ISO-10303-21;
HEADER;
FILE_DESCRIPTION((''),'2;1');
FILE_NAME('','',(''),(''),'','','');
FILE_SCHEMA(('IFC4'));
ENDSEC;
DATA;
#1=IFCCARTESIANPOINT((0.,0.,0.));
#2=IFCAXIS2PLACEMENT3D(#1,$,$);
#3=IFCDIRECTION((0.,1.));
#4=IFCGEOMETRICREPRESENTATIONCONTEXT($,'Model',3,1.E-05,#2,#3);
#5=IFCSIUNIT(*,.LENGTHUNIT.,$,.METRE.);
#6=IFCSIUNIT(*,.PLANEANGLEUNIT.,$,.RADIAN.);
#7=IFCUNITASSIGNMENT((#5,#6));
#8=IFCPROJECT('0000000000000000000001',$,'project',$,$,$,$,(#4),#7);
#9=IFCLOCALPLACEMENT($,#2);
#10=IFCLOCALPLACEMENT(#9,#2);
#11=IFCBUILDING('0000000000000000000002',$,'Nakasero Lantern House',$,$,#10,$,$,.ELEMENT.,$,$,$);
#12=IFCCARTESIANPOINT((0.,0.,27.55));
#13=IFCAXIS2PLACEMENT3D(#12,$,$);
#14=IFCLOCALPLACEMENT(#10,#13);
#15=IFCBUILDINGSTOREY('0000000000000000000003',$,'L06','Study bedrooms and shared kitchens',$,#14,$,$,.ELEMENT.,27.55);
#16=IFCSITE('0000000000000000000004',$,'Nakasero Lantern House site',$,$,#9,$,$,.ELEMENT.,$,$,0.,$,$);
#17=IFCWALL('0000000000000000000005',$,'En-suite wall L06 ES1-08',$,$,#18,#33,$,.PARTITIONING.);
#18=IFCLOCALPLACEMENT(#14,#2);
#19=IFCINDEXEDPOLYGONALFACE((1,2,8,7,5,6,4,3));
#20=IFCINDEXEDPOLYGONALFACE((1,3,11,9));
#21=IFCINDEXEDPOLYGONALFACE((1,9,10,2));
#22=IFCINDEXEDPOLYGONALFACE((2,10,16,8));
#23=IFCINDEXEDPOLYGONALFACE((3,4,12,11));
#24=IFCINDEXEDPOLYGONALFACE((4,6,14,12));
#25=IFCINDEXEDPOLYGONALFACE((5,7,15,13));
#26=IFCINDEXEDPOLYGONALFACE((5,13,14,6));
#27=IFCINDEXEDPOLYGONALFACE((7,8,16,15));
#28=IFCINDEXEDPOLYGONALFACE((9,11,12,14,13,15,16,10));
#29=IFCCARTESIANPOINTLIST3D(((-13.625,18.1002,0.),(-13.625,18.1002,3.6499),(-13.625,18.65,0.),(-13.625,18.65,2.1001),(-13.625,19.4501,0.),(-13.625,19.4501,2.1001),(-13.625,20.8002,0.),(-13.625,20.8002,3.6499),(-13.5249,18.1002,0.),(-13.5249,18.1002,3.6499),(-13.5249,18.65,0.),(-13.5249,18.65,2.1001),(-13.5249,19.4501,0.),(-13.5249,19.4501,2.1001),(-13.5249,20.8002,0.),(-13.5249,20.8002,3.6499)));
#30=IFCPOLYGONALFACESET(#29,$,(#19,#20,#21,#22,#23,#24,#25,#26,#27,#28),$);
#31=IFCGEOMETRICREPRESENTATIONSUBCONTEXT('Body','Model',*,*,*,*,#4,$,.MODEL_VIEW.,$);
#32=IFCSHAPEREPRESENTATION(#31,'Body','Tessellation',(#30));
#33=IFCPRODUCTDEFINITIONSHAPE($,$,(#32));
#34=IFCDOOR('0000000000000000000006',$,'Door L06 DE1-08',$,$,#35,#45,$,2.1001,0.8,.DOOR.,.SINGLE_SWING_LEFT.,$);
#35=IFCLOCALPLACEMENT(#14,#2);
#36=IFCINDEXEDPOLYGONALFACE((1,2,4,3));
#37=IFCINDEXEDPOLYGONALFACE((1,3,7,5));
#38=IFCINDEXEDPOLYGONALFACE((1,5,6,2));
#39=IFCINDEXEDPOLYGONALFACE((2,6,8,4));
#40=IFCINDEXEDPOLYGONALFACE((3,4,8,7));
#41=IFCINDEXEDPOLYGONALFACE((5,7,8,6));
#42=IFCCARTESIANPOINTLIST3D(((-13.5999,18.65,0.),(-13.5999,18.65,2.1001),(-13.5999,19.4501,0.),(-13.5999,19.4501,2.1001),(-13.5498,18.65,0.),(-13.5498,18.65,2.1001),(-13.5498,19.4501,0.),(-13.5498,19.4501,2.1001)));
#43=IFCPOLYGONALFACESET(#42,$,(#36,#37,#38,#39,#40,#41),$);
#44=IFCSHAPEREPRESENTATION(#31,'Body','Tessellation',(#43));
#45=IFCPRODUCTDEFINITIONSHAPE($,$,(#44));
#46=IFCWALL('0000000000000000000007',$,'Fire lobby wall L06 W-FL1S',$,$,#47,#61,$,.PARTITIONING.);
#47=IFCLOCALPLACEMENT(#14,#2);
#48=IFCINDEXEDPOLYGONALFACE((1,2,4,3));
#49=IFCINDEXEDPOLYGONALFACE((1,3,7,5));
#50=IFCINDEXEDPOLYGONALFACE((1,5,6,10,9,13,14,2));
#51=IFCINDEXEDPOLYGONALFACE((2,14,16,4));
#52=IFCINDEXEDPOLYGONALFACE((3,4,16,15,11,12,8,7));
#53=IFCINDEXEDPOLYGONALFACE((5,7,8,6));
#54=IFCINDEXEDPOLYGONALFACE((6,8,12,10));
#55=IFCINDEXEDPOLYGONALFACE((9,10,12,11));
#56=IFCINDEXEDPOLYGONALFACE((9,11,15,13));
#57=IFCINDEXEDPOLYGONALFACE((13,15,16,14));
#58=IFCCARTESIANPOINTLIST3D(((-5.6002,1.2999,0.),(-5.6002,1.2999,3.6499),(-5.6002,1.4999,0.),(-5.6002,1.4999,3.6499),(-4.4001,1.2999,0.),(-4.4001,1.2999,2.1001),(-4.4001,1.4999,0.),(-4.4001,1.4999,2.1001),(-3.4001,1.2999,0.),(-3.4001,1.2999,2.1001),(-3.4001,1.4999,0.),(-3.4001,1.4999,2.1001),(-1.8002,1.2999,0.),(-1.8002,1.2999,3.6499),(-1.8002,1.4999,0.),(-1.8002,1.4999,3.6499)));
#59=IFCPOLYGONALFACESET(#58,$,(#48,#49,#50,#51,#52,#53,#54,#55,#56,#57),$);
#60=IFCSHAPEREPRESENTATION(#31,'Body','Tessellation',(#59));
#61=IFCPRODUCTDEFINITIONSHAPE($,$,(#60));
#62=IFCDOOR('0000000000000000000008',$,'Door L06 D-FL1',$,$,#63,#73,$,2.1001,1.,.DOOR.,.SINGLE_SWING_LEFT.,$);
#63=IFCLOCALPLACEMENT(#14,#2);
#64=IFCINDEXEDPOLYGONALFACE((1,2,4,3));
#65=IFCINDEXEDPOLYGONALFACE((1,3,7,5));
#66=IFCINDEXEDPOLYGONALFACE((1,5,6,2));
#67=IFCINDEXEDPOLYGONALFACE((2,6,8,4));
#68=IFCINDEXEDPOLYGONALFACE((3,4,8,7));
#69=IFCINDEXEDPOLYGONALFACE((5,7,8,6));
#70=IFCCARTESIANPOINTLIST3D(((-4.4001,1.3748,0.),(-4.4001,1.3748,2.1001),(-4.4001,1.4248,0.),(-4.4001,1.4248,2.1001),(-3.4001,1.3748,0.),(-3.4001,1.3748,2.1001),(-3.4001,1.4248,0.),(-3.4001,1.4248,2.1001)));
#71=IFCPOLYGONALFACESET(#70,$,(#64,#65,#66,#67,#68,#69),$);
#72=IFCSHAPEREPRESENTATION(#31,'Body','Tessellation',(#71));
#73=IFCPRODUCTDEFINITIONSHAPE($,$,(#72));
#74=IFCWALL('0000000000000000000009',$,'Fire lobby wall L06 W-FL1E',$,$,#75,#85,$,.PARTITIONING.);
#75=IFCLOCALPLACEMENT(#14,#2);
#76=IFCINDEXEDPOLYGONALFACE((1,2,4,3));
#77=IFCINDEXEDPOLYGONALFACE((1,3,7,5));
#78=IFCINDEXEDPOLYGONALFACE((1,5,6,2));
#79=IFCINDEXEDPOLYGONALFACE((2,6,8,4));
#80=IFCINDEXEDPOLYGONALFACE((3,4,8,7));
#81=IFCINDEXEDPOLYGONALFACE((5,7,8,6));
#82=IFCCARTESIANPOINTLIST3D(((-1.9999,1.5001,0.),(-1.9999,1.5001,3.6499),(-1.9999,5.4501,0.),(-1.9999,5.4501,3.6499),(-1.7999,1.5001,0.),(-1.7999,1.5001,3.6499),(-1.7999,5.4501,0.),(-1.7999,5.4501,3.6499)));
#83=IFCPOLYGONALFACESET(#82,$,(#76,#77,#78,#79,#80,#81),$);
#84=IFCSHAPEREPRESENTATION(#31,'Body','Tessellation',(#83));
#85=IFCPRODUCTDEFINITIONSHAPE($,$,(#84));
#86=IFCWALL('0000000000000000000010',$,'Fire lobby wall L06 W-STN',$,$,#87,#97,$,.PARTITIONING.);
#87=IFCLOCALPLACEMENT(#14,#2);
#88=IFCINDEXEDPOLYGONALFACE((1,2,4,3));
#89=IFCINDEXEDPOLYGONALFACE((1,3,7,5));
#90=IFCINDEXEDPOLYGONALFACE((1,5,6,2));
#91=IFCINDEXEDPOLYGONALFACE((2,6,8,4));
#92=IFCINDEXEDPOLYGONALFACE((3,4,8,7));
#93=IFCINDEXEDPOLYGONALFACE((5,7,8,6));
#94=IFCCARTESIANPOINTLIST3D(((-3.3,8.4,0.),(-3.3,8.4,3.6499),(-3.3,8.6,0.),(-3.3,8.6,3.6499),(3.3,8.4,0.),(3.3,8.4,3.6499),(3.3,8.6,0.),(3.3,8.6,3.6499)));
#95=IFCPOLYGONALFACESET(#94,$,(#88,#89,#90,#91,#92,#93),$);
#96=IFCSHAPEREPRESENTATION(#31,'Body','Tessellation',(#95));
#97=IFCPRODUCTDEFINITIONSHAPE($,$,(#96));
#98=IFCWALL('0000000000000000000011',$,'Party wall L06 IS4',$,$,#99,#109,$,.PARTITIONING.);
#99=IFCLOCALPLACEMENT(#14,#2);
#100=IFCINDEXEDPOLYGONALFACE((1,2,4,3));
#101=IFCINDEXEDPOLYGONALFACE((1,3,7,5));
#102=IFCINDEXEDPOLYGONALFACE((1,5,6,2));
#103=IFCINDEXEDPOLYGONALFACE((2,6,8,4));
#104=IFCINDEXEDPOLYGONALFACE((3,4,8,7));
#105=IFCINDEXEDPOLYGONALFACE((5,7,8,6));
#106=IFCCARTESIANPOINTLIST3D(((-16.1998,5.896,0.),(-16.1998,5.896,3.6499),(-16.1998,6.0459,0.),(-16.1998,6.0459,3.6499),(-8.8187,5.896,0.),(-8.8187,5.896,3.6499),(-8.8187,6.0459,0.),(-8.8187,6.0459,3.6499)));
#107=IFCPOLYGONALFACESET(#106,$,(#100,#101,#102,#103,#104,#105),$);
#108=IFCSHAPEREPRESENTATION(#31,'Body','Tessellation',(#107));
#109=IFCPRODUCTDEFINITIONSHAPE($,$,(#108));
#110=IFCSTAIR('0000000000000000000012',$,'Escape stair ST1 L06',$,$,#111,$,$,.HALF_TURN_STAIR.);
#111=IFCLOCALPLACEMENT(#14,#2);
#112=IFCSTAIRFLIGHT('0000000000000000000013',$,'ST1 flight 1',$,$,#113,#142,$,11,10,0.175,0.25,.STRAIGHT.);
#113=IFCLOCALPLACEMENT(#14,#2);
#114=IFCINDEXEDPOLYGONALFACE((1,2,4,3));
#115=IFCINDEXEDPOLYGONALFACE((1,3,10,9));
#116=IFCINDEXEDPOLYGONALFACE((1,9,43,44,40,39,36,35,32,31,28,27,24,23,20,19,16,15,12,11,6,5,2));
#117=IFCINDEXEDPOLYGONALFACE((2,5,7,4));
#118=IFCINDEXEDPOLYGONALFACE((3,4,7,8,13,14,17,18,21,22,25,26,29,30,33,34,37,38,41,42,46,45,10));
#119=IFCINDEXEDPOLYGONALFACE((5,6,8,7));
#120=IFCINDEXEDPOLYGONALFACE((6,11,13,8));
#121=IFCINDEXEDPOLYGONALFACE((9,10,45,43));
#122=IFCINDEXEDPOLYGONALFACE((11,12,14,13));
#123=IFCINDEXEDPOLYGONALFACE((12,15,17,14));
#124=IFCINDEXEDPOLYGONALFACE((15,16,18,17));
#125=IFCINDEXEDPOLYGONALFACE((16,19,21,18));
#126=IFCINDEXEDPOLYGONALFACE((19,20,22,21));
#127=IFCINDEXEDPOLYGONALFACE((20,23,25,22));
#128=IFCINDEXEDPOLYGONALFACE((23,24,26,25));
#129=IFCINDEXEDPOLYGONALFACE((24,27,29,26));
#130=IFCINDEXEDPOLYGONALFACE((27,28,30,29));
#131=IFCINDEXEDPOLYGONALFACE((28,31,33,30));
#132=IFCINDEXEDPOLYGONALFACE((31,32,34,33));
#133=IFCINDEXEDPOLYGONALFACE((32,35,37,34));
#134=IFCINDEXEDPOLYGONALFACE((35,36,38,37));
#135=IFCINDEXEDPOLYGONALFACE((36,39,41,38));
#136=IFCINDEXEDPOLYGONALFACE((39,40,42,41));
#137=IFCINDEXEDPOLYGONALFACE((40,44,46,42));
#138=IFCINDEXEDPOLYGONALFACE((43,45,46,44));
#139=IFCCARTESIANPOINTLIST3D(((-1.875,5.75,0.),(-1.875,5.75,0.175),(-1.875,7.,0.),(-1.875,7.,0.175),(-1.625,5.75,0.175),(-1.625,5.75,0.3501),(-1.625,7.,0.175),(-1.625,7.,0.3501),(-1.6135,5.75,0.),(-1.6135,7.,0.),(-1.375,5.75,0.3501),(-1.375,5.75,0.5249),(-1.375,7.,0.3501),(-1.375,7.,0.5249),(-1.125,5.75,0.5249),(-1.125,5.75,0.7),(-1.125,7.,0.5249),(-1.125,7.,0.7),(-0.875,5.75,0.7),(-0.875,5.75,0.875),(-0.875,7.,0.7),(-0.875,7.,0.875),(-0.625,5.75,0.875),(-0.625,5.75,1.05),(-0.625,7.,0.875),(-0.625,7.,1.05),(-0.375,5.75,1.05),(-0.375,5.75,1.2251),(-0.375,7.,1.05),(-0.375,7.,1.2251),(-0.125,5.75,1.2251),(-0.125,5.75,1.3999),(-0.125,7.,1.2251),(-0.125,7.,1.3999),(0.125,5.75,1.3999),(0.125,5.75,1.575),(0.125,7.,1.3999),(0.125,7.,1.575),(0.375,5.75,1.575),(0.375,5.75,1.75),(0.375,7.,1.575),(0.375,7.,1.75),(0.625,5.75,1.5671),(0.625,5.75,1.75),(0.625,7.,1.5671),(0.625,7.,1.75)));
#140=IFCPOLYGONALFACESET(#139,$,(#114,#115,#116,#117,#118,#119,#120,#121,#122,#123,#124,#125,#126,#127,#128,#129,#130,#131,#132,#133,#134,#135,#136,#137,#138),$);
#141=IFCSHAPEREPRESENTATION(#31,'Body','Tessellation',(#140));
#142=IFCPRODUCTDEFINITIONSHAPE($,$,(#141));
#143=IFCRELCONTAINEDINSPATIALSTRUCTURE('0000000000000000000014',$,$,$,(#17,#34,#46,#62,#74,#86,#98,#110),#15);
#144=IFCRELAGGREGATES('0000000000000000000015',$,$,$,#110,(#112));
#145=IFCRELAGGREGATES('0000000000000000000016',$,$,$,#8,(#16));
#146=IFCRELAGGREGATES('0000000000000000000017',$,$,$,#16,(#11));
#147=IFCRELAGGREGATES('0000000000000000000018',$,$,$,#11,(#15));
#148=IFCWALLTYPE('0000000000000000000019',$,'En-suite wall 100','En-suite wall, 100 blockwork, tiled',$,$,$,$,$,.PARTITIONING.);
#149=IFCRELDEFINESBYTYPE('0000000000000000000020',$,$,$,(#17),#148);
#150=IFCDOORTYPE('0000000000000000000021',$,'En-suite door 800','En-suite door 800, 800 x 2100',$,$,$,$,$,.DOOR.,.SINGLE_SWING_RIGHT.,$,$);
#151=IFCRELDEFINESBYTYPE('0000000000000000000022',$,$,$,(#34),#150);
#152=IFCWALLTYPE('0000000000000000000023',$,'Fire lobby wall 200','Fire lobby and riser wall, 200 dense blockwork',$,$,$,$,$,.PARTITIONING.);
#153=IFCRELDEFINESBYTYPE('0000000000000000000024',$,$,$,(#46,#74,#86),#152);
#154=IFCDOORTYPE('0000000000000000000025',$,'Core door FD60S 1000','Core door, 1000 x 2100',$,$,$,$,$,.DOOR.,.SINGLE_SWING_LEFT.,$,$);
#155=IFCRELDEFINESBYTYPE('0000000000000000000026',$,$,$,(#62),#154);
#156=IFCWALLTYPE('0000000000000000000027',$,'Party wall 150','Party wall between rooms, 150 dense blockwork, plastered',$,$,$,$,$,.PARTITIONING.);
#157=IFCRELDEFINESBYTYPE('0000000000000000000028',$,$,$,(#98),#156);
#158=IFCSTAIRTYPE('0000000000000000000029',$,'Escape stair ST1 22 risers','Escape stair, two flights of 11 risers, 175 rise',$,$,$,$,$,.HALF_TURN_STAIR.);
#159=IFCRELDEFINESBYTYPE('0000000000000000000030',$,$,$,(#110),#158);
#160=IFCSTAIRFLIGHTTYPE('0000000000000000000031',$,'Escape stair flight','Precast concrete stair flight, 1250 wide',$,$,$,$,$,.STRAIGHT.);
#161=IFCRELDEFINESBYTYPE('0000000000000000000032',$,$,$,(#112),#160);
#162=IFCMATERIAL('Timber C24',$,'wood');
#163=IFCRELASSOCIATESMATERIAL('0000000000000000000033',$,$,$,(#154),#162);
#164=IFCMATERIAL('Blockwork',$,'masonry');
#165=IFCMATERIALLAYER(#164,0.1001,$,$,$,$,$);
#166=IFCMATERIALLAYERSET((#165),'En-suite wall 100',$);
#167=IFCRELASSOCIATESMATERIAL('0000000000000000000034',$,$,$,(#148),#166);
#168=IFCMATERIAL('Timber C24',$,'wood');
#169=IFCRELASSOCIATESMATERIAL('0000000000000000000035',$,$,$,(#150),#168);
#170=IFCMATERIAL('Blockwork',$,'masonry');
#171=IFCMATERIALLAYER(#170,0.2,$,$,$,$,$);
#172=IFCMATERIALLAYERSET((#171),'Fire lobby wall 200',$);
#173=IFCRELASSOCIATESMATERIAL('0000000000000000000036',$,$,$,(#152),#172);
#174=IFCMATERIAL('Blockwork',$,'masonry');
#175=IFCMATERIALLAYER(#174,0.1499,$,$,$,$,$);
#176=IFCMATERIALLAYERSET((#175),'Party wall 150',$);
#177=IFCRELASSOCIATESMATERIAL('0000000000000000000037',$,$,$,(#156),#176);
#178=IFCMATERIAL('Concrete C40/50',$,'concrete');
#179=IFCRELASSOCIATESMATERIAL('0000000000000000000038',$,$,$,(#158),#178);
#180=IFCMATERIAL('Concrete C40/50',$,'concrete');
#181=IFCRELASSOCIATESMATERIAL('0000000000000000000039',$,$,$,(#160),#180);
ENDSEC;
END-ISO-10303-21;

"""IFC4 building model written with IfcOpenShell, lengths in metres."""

from ifc_helpers import new_model, si_unit, direction, frame, frame_2d, origin, place, context, subcontext, project, spatial, polyline, rectangle, outline, extrude, material, layer, layer_set, type_object, element, fill, aggregate, save


model = new_model("IFC4")

# Units and contexts
model_context = context("Model", 3, precision=1e-05, world=origin(), true_north=direction((0.0, 1.0)))
body_context = subcontext(model_context, "Body", "Model", "MODEL_VIEW")
ifc_project = project(units=[si_unit("LENGTHUNIT", "METRE"), si_unit("PLANEANGLEUNIT", "RADIAN")], contexts=[model_context])

# Site, building, storey
site_placement = place(None, origin())
site = spatial("IfcSite", under=ifc_project, at=site_placement, Name="Nakasero Lantern House site", CompositionType="ELEMENT", RefElevation=0.0)
building_placement = place(site_placement, origin())
building = spatial("IfcBuilding", under=site, at=building_placement, Name="Nakasero Lantern House", CompositionType="ELEMENT")
storey_placement = place(building_placement, frame((0.0, 0.0, 27.55)))
storey = spatial("IfcBuildingStorey", under=building, at=storey_placement, Name="L06", Description="Study bedrooms and shared kitchens", CompositionType="ELEMENT", Elevation=27.55)

# Shared definitions
ifc_material_1 = material(Name="Timber C24", Category="wood")
door_type_1 = type_object("IfcDoorType", Name="Core door FD60S 1000", Description="Core door, 1000 x 2100", OperationType="SINGLE_SWING_LEFT", PredefinedType="DOOR", material=ifc_material_1)

# Walls, openings, doors
ifc_material_2 = material(Name="Blockwork", Category="masonry")
ifc_layer_1 = layer(ifc_material_2, 0.1001)
ifc_layer_set_1 = layer_set([ifc_layer_1], Name="En-suite wall 100")
wall_type_1 = type_object("IfcWallType", Name="En-suite wall 100", Description="En-suite wall, 100 blockwork, tiled", PredefinedType="PARTITIONING", material=ifc_layer_set_1)
wall_1_placement = place(storey_placement, frame((-13.575, 18.1001, 0.0), z_axis=(0.0, 0.0, 1.0), x_axis=(0.0, 1.0, 0.0)))
wall_1 = element("IfcWall", 1, at=wall_1_placement, inside=storey, type_object=wall_type_1, Name="En-suite wall L06 ES1-08", PredefinedType="PARTITIONING", context=body_context, shape_type="SweptSolid", body=[
    extrude(rectangle(XDim=2.7, YDim=0.1001, at=frame_2d((1.3501, 0.0))), origin(), (0.0, 0.0, 1.0), 3.6499),
])
opening_1_placement = place(wall_1_placement, frame((0.55, 0.0, 0.0)))
opening_1 = element("IfcOpeningElement", 2, at=opening_1_placement, cuts=wall_1, PredefinedType="OPENING", context=body_context, shape_type="SweptSolid", body=[
    extrude(rectangle(XDim=0.8, YDim=2.1001, at=frame_2d((0.3999, 1.05))), frame((0.0, 0.0701, 0.0), z_axis=(0.0, -1.0, 0.0), x_axis=(1.0, 0.0, 0.0)), (0.0, 0.0, 1.0), 0.1401),
])
ifc_material_3 = material(Name="Timber C24", Category="wood")
door_type_2 = type_object("IfcDoorType", Name="En-suite door 800", Description="En-suite door 800, 800 x 2100", OperationType="SINGLE_SWING_RIGHT", PredefinedType="DOOR", material=ifc_material_3)
door_1_placement = place(opening_1_placement, origin())
door_1 = element("IfcDoor", 3, at=door_1_placement, inside=storey, type_object=door_type_2, Name="Door L06 DE1-08", OperationType="SINGLE_SWING_LEFT", OverallHeight=2.1001, OverallWidth=0.8, PredefinedType="DOOR", context=body_context, shape_type="SweptSolid", body=[
    extrude(rectangle(XDim=0.8, YDim=2.1001, at=frame_2d((0.3999, 1.05))), frame((0.0, 0.0249, 0.0), z_axis=(0.0, -1.0, 0.0), x_axis=(1.0, 0.0, 0.0)), (0.0, 0.0, 1.0), 0.05),
])
fill(opening_1, door_1)
ifc_material_4 = material(Name="Blockwork", Category="masonry")
ifc_layer_2 = layer(ifc_material_4, 0.2)
ifc_layer_set_2 = layer_set([ifc_layer_2], Name="Fire lobby wall 200")
wall_type_2 = type_object("IfcWallType", Name="Fire lobby wall 200", Description="Fire lobby and riser wall, 200 dense blockwork", PredefinedType="PARTITIONING", material=ifc_layer_set_2)
wall_2_placement = place(storey_placement, frame((-5.6001, 1.3999, 0.0), z_axis=(0.0, 0.0, 1.0), x_axis=(1.0, 0.0, 0.0)))
wall_2 = element("IfcWall", 4, at=wall_2_placement, inside=storey, type_object=wall_type_2, Name="Fire lobby wall L06 W-FL1S", PredefinedType="PARTITIONING", context=body_context, shape_type="SweptSolid", body=[
    extrude(rectangle(XDim=3.8, YDim=0.2, at=frame_2d((1.8999, 0.0))), origin(), (0.0, 0.0, 1.0), 3.6499),
])
opening_2_placement = place(wall_2_placement, frame((1.2, 0.0, 0.0)))
opening_2 = element("IfcOpeningElement", 5, at=opening_2_placement, cuts=wall_2, PredefinedType="OPENING", context=body_context, shape_type="SweptSolid", body=[
    extrude(rectangle(XDim=1.0, YDim=2.1001, at=frame_2d((0.5, 1.05))), frame((0.0, 0.1199, 0.0), z_axis=(0.0, -1.0, 0.0), x_axis=(1.0, 0.0, 0.0)), (0.0, 0.0, 1.0), 0.24),
])
door_2_placement = place(opening_2_placement, origin())
door_2 = element("IfcDoor", 6, at=door_2_placement, inside=storey, type_object=door_type_1, Name="Door L06 D-FL1", OperationType="SINGLE_SWING_LEFT", OverallHeight=2.1001, OverallWidth=1.0, PredefinedType="DOOR", context=body_context, shape_type="SweptSolid", body=[
    extrude(rectangle(XDim=1.0, YDim=2.1001, at=frame_2d((0.5, 1.05))), frame((0.0, 0.0249, 0.0), z_axis=(0.0, -1.0, 0.0), x_axis=(1.0, 0.0, 0.0)), (0.0, 0.0, 1.0), 0.05),
])
fill(opening_2, door_2)

# Walls
wall_3_placement = place(storey_placement, frame((-1.8999, 1.5, 0.0), z_axis=(0.0, 0.0, 1.0), x_axis=(0.0, 1.0, 0.0)))
element("IfcWall", 7, at=wall_3_placement, inside=storey, type_object=wall_type_2, Name="Fire lobby wall L06 W-FL1E", PredefinedType="PARTITIONING", context=body_context, shape_type="SweptSolid", body=[
    extrude(rectangle(XDim=3.95, YDim=0.2, at=frame_2d((1.9751, 0.0))), origin(), (0.0, 0.0, 1.0), 3.6499),
])
wall_4_placement = place(storey_placement, frame((-3.3, 8.5, 0.0), z_axis=(0.0, 0.0, 1.0), x_axis=(1.0, 0.0, 0.0)))
element("IfcWall", 8, at=wall_4_placement, inside=storey, type_object=wall_type_2, Name="Fire lobby wall L06 W-STN", PredefinedType="PARTITIONING", context=body_context, shape_type="SweptSolid", body=[
    extrude(rectangle(XDim=6.6001, YDim=0.2, at=frame_2d((3.3, 0.0))), origin(), (0.0, 0.0, 1.0), 3.6499),
])
ifc_material_5 = material(Name="Blockwork", Category="masonry")
ifc_layer_3 = layer(ifc_material_5, 0.1499)
ifc_layer_set_3 = layer_set([ifc_layer_3], Name="Party wall 150")
wall_type_3 = type_object("IfcWallType", Name="Party wall 150", Description="Party wall between rooms, 150 dense blockwork, plastered", PredefinedType="PARTITIONING", material=ifc_layer_set_3)
wall_5_placement = place(storey_placement, frame((-8.8188, 5.9709, 0.0), z_axis=(0.0, 0.0, 1.0), x_axis=(-1.0, 0.0, 0.0)))
element("IfcWall", 9, at=wall_5_placement, inside=storey, type_object=wall_type_3, Name="Party wall L06 IS4", PredefinedType="PARTITIONING", context=body_context, shape_type="SweptSolid", body=[
    extrude(rectangle(XDim=7.3811, YDim=0.1499, at=frame_2d((3.6904, 0.0))), origin(), (0.0, 0.0, 1.0), 3.6499),
])

# Stair, stair flight
ifc_material_6 = material(Name="Concrete C40/50", Category="concrete")
stair_type = type_object("IfcStairType", Name="Escape stair ST1 22 risers", Description="Escape stair, two flights of 11 risers, 175 rise", PredefinedType="HALF_TURN_STAIR", material=ifc_material_6)
stair_placement = place(storey_placement, origin())
stair = element("IfcStair", 10, at=stair_placement, inside=storey, type_object=stair_type, Name="Escape stair ST1 L06", PredefinedType="HALF_TURN_STAIR")
ifc_material_7 = material(Name="Concrete C40/50", Category="concrete")
stair_flight_type = type_object("IfcStairFlightType", Name="Escape stair flight", Description="Precast concrete stair flight, 1250 wide", PredefinedType="STRAIGHT", material=ifc_material_7)
stair_flight_placement = place(storey_placement, frame((-1.875, 6.375, 0.0), z_axis=(0.0, 0.0, 1.0), x_axis=(1.0, 0.0, 0.0)))
stair_flight = element("IfcStairFlight", 11, at=stair_flight_placement, type_object=stair_flight_type, Name="ST1 flight 1", NumberOfRisers=11, NumberOfTreads=10, PredefinedType="STRAIGHT", RiserHeight=0.175, TreadLength=0.25, context=body_context, shape_type="SweptSolid", body=[
    extrude(outline(polyline([(0.0, 0.0), (0.0, 0.175), (0.25, 0.175), (0.25, 0.3501), (0.5, 0.3501), (0.5, 0.5249), (0.75, 0.5249), (0.75, 0.7), (1.0, 0.7), (1.0, 0.875), (1.25, 0.875), (1.25, 1.05), (1.5, 1.05), (1.5, 1.2251), (1.75, 1.2251), (1.75, 1.3999), (2.0, 1.3999), (2.0, 1.575), (2.25, 1.575), (2.25, 1.75), (2.5, 1.75), (2.5, 1.925), (2.5, 1.5671), (0.2615, 0.0), (0.0, 0.0)])), frame((0.0, 0.625, 0.0), z_axis=(0.0, -1.0, 0.0), x_axis=(1.0, 0.0, 0.0)), (0.0, 0.0, 1.0), 1.25),
])
aggregate(stair, [stair_flight])

save(model, "model.ifc")
